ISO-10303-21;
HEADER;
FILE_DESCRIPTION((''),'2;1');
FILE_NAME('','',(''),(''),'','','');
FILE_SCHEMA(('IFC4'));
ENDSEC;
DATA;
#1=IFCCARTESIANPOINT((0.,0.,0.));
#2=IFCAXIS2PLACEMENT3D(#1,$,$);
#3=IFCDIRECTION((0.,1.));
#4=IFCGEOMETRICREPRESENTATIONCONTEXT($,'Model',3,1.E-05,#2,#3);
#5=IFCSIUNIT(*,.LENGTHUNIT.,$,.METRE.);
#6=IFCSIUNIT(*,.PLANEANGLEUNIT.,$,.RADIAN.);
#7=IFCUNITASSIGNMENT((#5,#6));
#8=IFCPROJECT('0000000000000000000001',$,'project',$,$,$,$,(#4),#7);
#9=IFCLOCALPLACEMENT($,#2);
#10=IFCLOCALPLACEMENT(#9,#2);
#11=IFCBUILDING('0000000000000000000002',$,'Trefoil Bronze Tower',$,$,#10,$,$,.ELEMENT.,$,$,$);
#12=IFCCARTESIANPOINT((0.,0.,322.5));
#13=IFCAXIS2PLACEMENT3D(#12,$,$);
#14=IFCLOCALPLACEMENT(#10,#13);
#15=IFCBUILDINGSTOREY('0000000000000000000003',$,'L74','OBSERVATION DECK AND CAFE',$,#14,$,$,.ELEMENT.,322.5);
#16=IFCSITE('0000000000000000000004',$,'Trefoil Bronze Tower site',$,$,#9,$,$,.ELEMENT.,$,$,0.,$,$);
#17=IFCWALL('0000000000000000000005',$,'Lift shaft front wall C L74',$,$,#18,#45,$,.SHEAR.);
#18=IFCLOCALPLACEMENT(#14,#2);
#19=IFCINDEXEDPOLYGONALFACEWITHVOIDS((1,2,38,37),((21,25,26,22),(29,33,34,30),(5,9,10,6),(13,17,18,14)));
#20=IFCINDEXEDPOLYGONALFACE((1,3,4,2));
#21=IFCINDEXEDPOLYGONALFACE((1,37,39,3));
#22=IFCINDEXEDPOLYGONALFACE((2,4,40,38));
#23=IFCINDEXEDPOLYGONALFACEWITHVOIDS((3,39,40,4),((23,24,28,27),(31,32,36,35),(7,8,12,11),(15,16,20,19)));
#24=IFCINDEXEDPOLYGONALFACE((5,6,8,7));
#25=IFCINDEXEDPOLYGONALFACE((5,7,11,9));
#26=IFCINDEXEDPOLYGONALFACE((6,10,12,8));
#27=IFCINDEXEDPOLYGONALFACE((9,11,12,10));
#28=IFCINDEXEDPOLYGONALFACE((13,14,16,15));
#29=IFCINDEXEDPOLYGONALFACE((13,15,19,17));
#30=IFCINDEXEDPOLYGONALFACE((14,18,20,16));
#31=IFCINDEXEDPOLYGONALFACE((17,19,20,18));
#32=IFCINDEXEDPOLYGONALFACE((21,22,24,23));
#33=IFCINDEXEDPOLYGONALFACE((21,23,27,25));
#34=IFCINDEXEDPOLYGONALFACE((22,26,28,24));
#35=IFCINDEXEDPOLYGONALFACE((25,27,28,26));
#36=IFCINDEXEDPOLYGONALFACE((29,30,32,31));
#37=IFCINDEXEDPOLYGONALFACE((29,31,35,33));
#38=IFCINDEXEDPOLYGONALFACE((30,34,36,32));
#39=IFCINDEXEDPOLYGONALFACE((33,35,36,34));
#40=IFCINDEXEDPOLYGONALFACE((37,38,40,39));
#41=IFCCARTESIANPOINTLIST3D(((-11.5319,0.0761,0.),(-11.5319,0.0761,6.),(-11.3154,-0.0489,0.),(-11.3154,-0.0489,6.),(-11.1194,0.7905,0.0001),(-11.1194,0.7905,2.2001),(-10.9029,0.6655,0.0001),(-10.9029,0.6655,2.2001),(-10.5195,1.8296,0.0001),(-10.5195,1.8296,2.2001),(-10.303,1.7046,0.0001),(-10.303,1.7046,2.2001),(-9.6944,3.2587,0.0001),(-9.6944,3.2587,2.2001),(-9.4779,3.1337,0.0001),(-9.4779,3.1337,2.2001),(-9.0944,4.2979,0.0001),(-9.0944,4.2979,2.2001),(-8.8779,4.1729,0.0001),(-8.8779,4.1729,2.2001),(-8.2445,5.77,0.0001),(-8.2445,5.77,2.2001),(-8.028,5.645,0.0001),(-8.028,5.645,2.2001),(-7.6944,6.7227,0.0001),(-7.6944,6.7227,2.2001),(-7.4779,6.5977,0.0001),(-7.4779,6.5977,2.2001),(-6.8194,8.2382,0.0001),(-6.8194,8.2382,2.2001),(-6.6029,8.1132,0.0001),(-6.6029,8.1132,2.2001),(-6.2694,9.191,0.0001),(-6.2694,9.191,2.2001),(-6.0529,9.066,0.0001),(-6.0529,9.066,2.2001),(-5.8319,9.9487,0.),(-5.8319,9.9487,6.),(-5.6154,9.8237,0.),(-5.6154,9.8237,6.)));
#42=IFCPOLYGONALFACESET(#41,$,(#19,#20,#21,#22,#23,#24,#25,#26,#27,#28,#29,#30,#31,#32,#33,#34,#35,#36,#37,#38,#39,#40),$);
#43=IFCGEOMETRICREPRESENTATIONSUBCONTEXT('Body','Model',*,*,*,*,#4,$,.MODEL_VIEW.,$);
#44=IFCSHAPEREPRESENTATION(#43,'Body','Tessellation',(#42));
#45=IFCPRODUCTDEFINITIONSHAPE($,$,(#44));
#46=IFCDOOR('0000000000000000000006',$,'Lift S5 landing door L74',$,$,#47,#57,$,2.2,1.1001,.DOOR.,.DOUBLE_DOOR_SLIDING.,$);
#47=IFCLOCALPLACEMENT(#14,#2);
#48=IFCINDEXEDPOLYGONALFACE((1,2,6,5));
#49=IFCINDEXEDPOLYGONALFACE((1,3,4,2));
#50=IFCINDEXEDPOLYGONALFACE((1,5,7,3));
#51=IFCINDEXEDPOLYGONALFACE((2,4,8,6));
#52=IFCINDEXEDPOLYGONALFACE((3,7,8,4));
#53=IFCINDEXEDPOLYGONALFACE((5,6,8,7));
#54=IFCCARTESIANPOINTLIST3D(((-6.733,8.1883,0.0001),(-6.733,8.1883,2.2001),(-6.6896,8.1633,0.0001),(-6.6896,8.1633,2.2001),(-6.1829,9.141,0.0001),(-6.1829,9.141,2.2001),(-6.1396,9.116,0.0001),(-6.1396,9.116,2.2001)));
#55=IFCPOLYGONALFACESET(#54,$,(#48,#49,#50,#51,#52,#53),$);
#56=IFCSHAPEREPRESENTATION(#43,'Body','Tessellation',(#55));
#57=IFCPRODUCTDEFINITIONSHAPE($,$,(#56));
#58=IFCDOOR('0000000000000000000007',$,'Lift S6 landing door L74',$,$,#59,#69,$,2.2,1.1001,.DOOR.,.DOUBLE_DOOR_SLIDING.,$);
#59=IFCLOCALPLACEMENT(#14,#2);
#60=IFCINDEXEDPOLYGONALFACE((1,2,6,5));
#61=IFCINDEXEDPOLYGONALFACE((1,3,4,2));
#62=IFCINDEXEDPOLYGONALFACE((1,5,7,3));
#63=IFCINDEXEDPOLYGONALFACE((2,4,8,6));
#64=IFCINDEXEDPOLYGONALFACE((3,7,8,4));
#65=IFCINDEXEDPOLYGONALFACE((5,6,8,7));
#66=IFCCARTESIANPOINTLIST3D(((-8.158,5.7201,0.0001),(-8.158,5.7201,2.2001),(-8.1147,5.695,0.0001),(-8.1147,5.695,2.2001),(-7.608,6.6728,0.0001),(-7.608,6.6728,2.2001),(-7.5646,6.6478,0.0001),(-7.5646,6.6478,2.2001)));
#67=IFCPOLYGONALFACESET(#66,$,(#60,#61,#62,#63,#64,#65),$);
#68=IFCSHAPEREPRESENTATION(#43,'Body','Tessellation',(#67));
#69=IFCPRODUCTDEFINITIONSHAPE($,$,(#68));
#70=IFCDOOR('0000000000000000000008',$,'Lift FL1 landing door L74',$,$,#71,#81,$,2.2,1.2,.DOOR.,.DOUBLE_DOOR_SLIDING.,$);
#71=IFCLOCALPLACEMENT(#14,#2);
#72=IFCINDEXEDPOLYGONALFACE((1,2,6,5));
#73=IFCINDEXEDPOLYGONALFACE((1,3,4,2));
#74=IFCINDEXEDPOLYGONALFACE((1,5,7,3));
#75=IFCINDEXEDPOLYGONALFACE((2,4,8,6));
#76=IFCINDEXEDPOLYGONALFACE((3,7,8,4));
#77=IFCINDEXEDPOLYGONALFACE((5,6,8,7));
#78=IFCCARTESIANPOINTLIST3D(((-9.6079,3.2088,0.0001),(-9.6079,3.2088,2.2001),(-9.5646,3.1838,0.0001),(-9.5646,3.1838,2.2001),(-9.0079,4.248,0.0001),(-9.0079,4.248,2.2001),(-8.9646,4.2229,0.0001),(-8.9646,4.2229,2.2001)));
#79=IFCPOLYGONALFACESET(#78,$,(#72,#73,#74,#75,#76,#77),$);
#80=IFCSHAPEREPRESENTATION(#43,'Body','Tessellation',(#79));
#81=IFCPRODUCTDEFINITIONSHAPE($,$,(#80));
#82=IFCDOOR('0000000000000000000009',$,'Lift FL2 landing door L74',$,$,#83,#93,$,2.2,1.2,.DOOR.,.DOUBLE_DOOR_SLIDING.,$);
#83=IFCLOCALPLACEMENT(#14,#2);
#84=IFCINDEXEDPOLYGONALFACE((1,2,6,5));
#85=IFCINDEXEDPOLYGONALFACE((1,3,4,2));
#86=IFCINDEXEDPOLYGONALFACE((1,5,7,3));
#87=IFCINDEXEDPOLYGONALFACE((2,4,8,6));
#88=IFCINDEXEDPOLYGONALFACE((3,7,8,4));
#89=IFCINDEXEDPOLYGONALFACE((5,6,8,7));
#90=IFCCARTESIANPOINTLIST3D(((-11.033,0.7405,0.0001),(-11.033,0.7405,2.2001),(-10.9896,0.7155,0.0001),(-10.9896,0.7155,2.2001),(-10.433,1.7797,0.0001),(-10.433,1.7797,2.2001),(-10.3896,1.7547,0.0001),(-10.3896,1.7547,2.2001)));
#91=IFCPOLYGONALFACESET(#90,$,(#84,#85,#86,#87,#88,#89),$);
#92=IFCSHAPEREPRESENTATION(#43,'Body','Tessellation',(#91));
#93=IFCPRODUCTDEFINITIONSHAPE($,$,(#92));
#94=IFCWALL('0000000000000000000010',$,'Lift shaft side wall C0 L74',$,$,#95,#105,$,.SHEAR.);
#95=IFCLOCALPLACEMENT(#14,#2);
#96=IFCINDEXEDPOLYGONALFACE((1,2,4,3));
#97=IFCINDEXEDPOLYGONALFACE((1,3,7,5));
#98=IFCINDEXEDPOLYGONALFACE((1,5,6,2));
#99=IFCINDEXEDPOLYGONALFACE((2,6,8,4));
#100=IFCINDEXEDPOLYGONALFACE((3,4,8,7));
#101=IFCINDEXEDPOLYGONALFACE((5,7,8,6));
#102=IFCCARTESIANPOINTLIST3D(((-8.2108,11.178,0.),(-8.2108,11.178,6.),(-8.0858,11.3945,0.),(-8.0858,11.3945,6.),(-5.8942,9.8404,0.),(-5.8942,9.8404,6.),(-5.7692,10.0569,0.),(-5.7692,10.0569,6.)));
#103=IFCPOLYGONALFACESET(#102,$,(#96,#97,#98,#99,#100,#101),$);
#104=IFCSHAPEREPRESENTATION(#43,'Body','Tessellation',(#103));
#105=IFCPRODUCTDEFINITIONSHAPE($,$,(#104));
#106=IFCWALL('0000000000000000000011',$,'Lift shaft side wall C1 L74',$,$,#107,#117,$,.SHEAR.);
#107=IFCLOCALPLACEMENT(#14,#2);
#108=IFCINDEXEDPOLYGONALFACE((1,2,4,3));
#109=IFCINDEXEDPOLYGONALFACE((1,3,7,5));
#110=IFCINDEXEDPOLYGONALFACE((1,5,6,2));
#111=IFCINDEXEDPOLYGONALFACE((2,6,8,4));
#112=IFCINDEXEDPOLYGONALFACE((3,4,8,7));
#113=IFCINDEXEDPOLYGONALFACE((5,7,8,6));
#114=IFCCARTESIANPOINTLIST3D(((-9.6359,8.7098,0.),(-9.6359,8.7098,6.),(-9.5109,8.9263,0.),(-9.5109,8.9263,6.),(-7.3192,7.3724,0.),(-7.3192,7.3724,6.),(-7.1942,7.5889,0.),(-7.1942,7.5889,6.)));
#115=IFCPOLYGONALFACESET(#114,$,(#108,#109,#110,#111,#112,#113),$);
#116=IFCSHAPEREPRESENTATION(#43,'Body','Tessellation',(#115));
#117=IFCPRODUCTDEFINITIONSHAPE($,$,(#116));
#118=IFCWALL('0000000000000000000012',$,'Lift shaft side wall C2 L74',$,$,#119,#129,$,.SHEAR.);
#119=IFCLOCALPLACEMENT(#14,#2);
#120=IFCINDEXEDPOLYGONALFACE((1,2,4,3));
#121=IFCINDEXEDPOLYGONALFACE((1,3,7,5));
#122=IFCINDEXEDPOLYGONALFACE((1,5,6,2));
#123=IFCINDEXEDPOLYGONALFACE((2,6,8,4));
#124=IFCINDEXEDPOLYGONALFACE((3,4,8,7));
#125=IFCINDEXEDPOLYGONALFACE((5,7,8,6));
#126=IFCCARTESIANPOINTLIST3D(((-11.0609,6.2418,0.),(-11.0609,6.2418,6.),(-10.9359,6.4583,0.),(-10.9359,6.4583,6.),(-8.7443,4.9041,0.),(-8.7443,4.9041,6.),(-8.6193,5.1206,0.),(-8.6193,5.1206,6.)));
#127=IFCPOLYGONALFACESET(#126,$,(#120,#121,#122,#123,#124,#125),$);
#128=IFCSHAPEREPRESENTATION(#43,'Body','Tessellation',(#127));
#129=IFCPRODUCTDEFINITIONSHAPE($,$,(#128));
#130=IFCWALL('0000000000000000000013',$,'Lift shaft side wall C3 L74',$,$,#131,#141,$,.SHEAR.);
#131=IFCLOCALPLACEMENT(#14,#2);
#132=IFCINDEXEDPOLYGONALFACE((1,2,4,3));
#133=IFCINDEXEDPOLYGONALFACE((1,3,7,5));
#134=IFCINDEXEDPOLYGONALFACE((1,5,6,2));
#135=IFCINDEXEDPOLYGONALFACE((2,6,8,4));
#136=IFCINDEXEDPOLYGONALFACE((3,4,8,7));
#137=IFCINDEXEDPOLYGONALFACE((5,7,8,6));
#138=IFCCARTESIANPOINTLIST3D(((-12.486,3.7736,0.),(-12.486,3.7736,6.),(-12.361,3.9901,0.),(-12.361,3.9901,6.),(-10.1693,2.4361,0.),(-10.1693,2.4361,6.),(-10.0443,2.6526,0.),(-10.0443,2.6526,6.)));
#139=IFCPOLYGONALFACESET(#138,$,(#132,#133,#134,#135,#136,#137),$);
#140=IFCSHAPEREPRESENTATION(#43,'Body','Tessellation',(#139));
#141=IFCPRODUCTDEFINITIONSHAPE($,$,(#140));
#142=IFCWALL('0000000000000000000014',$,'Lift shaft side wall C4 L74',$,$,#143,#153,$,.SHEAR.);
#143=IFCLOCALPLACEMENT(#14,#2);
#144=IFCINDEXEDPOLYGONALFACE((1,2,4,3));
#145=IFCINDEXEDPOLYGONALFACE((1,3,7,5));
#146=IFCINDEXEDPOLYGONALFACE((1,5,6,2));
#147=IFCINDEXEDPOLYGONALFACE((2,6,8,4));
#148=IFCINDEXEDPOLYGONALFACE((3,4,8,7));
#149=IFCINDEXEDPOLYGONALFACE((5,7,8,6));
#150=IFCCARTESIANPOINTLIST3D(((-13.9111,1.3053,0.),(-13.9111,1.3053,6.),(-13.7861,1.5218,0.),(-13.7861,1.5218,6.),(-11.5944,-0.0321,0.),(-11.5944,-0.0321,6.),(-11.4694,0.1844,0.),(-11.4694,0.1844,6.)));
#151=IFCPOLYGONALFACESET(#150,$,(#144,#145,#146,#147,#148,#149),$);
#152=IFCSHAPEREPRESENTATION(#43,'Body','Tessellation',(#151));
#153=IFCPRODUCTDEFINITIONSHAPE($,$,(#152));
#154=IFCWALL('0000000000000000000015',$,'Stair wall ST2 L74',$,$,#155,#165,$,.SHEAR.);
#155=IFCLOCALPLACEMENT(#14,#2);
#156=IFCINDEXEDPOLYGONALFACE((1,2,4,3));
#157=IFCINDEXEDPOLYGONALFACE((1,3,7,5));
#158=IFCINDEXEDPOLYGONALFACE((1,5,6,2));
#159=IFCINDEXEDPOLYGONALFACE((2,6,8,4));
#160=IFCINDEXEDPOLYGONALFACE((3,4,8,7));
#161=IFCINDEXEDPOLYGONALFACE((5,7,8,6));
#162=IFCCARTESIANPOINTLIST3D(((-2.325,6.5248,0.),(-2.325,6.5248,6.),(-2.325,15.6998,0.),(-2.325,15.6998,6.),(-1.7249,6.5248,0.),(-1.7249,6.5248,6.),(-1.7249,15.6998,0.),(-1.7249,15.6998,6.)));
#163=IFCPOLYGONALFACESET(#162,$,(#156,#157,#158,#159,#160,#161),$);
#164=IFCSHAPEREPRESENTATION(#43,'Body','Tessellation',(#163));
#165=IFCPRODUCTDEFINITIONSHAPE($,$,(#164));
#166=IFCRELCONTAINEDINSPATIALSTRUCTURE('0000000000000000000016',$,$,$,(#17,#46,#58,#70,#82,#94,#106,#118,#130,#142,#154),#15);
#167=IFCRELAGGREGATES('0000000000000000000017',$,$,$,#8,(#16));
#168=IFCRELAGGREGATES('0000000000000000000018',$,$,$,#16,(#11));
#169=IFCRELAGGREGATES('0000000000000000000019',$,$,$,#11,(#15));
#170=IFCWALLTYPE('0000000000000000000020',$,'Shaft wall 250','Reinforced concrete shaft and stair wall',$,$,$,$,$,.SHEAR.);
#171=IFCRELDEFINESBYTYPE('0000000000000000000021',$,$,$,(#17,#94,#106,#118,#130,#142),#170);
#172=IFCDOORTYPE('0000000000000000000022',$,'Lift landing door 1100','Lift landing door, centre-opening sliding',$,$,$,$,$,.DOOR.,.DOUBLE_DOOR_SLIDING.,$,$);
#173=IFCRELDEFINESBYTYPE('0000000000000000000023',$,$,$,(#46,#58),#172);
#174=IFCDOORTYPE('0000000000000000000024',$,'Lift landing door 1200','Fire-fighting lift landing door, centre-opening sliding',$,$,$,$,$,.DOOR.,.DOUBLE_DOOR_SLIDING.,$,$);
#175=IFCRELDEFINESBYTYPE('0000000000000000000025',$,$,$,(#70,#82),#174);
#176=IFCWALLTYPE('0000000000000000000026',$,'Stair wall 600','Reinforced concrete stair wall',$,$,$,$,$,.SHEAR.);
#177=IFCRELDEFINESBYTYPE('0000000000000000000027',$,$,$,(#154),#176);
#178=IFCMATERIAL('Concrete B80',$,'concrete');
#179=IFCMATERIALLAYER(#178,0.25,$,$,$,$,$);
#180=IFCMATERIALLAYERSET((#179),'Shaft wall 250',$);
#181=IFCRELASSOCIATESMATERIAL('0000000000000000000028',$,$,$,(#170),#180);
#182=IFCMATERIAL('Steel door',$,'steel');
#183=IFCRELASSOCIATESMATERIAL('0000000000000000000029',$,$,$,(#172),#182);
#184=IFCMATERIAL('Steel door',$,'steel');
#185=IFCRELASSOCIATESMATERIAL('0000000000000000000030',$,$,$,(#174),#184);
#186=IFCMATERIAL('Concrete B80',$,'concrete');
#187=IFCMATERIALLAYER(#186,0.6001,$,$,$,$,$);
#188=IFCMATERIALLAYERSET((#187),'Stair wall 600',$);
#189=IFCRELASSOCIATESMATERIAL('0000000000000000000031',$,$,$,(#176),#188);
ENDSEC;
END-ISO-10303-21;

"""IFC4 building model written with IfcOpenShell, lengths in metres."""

from ifc_helpers import new_model, si_unit, direction, frame, frame_2d, origin, place, context, subcontext, project, spatial, rectangle, extrude, material, layer, layer_set, type_object, element, fill, save


model = new_model("IFC4")

# Units and contexts
model_context = context("Model", 3, precision=1e-05, world=origin(), true_north=direction((0.0, 1.0)))
body_context = subcontext(model_context, "Body", "Model", "MODEL_VIEW")
ifc_project = project(units=[si_unit("LENGTHUNIT", "METRE"), si_unit("PLANEANGLEUNIT", "RADIAN")], contexts=[model_context])

# Site, building, storey
site_placement = place(None, origin())
site = spatial("IfcSite", under=ifc_project, at=site_placement, Name="Trefoil Bronze Tower site", CompositionType="ELEMENT", RefElevation=0.0)
building_placement = place(site_placement, origin())
building = spatial("IfcBuilding", under=site, at=building_placement, Name="Trefoil Bronze Tower", CompositionType="ELEMENT")
storey_placement = place(building_placement, frame((0.0, 0.0, 322.5)))
storey = spatial("IfcBuildingStorey", under=building, at=storey_placement, Name="L74", Description="OBSERVATION DECK AND CAFE", CompositionType="ELEMENT", Elevation=322.5)

# Wall, openings, doors
ifc_material_1 = material(Name="Concrete B80", Category="concrete")
ifc_layer_1 = layer(ifc_material_1, 0.25)
ifc_layer_set_1 = layer_set([ifc_layer_1], Name="Shaft wall 250")
wall_type_1 = type_object("IfcWallType", Name="Shaft wall 250", Description="Reinforced concrete shaft and stair wall", PredefinedType="SHEAR", material=ifc_layer_set_1)
wall_1_placement = place(storey_placement, frame((-5.7236, 9.8862, 0.0), z_axis=(0.0, 0.0, 1.0), x_axis=(-0.500002, -0.866024, 0.0)))
wall_1 = element("IfcWall", 1, at=wall_1_placement, inside=storey, type_object=wall_type_1, Name="Lift shaft front wall C L74", PredefinedType="SHEAR", context=body_context, shape_type="SweptSolid", body=[
    extrude(rectangle(XDim=11.3999, YDim=0.25, at=frame_2d((5.7, 0.0))), origin(), (0.0, 0.0, 1.0), 6.0),
])
opening_1_placement = place(wall_1_placement, frame((0.875, 0.0, 0.0)))
opening_1 = element("IfcOpeningElement", 2, at=opening_1_placement, cuts=wall_1, PredefinedType="OPENING", context=body_context, shape_type="SweptSolid", body=[
    extrude(rectangle(XDim=1.1001, YDim=2.2, at=frame_2d((0.55, 1.1001))), frame((0.0, 0.135, 0.0), z_axis=(0.0, -1.0, 0.0), x_axis=(1.0, 0.0, 0.0)), (0.0, 0.0, 1.0), 0.27),
])
opening_2_placement = place(wall_1_placement, frame((3.7251, 0.0, 0.0)))
opening_2 = element("IfcOpeningElement", 3, at=opening_2_placement, cuts=wall_1, PredefinedType="OPENING", context=body_context, shape_type="SweptSolid", body=[
    extrude(rectangle(XDim=1.1001, YDim=2.2, at=frame_2d((0.55, 1.1001))), frame((0.0, 0.135, 0.0), z_axis=(0.0, -1.0, 0.0), x_axis=(1.0, 0.0, 0.0)), (0.0, 0.0, 1.0), 0.27),
])
opening_3_placement = place(wall_1_placement, frame((6.5249, 0.0, 0.0)))
opening_3 = element("IfcOpeningElement", 4, at=opening_3_placement, cuts=wall_1, PredefinedType="OPENING", context=body_context, shape_type="SweptSolid", body=[
    extrude(rectangle(XDim=1.2, YDim=2.2, at=frame_2d((0.6001, 1.1001))), frame((0.0, 0.135, 0.0), z_axis=(0.0, -1.0, 0.0), x_axis=(1.0, 0.0, 0.0)), (0.0, 0.0, 1.0), 0.27),
])
opening_4_placement = place(wall_1_placement, frame((9.375, 0.0, 0.0)))
opening_4 = element("IfcOpeningElement", 5, at=opening_4_placement, cuts=wall_1, PredefinedType="OPENING", context=body_context, shape_type="SweptSolid", body=[
    extrude(rectangle(XDim=1.2, YDim=2.2, at=frame_2d((0.6001, 1.1001))), frame((0.0, 0.135, 0.0), z_axis=(0.0, -1.0, 0.0), x_axis=(1.0, 0.0, 0.0)), (0.0, 0.0, 1.0), 0.27),
])
ifc_material_2 = material(Name="Steel door", Category="steel")
door_type_1 = type_object("IfcDoorType", Name="Lift landing door 1100", Description="Lift landing door, centre-opening sliding", OperationType="DOUBLE_DOOR_SLIDING", PredefinedType="DOOR", material=ifc_material_2)
door_1_placement = place(opening_1_placement, origin())
door_1 = element("IfcDoor", 6, at=door_1_placement, inside=storey, type_object=door_type_1, Name="Lift S5 landing door L74", OperationType="DOUBLE_DOOR_SLIDING", OverallHeight=2.2, OverallWidth=1.1001, PredefinedType="DOOR", context=body_context, shape_type="SweptSolid", body=[
    extrude(rectangle(XDim=1.1001, YDim=2.2, at=frame_2d((0.55, 1.1001))), frame((0.0, 0.0249, 0.0), z_axis=(0.0, -1.0, 0.0), x_axis=(1.0, 0.0, 0.0)), (0.0, 0.0, 1.0), 0.05),
])
fill(opening_1, door_1)
door_2_placement = place(opening_2_placement, origin())
door_2 = element("IfcDoor", 7, at=door_2_placement, inside=storey, type_object=door_type_1, Name="Lift S6 landing door L74", OperationType="DOUBLE_DOOR_SLIDING", OverallHeight=2.2, OverallWidth=1.1001, PredefinedType="DOOR", context=body_context, shape_type="SweptSolid", body=[
    extrude(rectangle(XDim=1.1001, YDim=2.2, at=frame_2d((0.55, 1.1001))), frame((0.0, 0.0249, 0.0), z_axis=(0.0, -1.0, 0.0), x_axis=(1.0, 0.0, 0.0)), (0.0, 0.0, 1.0), 0.05),
])
fill(opening_2, door_2)
ifc_material_3 = material(Name="Steel door", Category="steel")
door_type_2 = type_object("IfcDoorType", Name="Lift landing door 1200", Description="Fire-fighting lift landing door, centre-opening sliding", OperationType="DOUBLE_DOOR_SLIDING", PredefinedType="DOOR", material=ifc_material_3)
door_3_placement = place(opening_3_placement, origin())
door_3 = element("IfcDoor", 8, at=door_3_placement, inside=storey, type_object=door_type_2, Name="Lift FL1 landing door L74", OperationType="DOUBLE_DOOR_SLIDING", OverallHeight=2.2, OverallWidth=1.2, PredefinedType="DOOR", context=body_context, shape_type="SweptSolid", body=[
    extrude(rectangle(XDim=1.2, YDim=2.2, at=frame_2d((0.6001, 1.1001))), frame((0.0, 0.0249, 0.0), z_axis=(0.0, -1.0, 0.0), x_axis=(1.0, 0.0, 0.0)), (0.0, 0.0, 1.0), 0.05),
])
fill(opening_3, door_3)
door_4_placement = place(opening_4_placement, origin())
door_4 = element("IfcDoor", 9, at=door_4_placement, inside=storey, type_object=door_type_2, Name="Lift FL2 landing door L74", OperationType="DOUBLE_DOOR_SLIDING", OverallHeight=2.2, OverallWidth=1.2, PredefinedType="DOOR", context=body_context, shape_type="SweptSolid", body=[
    extrude(rectangle(XDim=1.2, YDim=2.2, at=frame_2d((0.6001, 1.1001))), frame((0.0, 0.0249, 0.0), z_axis=(0.0, -1.0, 0.0), x_axis=(1.0, 0.0, 0.0)), (0.0, 0.0, 1.0), 0.05),
])
fill(opening_4, door_4)

# Walls
for number, where, z_axis, x_axis, name in (
    (10, (-5.8318, 9.9487, 0.0), (0.0, 0.0, 1.0), (-0.866005, 0.500036, 0.0), "Lift shaft side wall C0 L74"),
    (11, (-7.2568, 7.4807, 0.0), (0.0, 0.0, 1.0), (-0.866044, 0.499967, 0.0), "Lift shaft side wall C1 L74"),
    (12, (-8.6819, 5.0125, 0.0), (0.0, 0.0, 1.0), (-0.866005, 0.500036, 0.0), "Lift shaft side wall C2 L74"),
    (13, (-10.1069, 2.5444, 0.0), (0.0, 0.0, 1.0), (-0.866044, 0.499967, 0.0), "Lift shaft side wall C3 L74"),
    (14, (-11.532, 0.0762, 0.0), (0.0, 0.0, 1.0), (-0.866044, 0.499967, 0.0), "Lift shaft side wall C4 L74"),
):
    element("IfcWall", number, at=place(storey_placement, frame(where, z_axis=z_axis, x_axis=x_axis)), inside=storey, type_object=wall_type_1, Name=name, PredefinedType="SHEAR", context=body_context, shape_type="SweptSolid", body=[
        extrude(rectangle(XDim=2.675, YDim=0.25, at=frame_2d((1.3374, 0.0))), origin(), (0.0, 0.0, 1.0), 6.0),
    ])
ifc_material_4 = material(Name="Concrete B80", Category="concrete")
ifc_layer_2 = layer(ifc_material_4, 0.6001)
ifc_layer_set_2 = layer_set([ifc_layer_2], Name="Stair wall 600")
wall_type_2 = type_object("IfcWallType", Name="Stair wall 600", Description="Reinforced concrete stair wall", PredefinedType="SHEAR", material=ifc_layer_set_2)
wall_2_placement = place(storey_placement, frame((-2.0249, 6.5249, 0.0), z_axis=(0.0, 0.0, 1.0), x_axis=(0.0, 1.0, 0.0)))
element("IfcWall", 15, at=wall_2_placement, inside=storey, type_object=wall_type_2, Name="Stair wall ST2 L74", PredefinedType="SHEAR", context=body_context, shape_type="SweptSolid", body=[
    extrude(rectangle(XDim=9.175, YDim=0.6001, at=frame_2d((4.5874, 0.0))), origin(), (0.0, 0.0, 1.0), 6.0),
])

save(model, "model.ifc")
